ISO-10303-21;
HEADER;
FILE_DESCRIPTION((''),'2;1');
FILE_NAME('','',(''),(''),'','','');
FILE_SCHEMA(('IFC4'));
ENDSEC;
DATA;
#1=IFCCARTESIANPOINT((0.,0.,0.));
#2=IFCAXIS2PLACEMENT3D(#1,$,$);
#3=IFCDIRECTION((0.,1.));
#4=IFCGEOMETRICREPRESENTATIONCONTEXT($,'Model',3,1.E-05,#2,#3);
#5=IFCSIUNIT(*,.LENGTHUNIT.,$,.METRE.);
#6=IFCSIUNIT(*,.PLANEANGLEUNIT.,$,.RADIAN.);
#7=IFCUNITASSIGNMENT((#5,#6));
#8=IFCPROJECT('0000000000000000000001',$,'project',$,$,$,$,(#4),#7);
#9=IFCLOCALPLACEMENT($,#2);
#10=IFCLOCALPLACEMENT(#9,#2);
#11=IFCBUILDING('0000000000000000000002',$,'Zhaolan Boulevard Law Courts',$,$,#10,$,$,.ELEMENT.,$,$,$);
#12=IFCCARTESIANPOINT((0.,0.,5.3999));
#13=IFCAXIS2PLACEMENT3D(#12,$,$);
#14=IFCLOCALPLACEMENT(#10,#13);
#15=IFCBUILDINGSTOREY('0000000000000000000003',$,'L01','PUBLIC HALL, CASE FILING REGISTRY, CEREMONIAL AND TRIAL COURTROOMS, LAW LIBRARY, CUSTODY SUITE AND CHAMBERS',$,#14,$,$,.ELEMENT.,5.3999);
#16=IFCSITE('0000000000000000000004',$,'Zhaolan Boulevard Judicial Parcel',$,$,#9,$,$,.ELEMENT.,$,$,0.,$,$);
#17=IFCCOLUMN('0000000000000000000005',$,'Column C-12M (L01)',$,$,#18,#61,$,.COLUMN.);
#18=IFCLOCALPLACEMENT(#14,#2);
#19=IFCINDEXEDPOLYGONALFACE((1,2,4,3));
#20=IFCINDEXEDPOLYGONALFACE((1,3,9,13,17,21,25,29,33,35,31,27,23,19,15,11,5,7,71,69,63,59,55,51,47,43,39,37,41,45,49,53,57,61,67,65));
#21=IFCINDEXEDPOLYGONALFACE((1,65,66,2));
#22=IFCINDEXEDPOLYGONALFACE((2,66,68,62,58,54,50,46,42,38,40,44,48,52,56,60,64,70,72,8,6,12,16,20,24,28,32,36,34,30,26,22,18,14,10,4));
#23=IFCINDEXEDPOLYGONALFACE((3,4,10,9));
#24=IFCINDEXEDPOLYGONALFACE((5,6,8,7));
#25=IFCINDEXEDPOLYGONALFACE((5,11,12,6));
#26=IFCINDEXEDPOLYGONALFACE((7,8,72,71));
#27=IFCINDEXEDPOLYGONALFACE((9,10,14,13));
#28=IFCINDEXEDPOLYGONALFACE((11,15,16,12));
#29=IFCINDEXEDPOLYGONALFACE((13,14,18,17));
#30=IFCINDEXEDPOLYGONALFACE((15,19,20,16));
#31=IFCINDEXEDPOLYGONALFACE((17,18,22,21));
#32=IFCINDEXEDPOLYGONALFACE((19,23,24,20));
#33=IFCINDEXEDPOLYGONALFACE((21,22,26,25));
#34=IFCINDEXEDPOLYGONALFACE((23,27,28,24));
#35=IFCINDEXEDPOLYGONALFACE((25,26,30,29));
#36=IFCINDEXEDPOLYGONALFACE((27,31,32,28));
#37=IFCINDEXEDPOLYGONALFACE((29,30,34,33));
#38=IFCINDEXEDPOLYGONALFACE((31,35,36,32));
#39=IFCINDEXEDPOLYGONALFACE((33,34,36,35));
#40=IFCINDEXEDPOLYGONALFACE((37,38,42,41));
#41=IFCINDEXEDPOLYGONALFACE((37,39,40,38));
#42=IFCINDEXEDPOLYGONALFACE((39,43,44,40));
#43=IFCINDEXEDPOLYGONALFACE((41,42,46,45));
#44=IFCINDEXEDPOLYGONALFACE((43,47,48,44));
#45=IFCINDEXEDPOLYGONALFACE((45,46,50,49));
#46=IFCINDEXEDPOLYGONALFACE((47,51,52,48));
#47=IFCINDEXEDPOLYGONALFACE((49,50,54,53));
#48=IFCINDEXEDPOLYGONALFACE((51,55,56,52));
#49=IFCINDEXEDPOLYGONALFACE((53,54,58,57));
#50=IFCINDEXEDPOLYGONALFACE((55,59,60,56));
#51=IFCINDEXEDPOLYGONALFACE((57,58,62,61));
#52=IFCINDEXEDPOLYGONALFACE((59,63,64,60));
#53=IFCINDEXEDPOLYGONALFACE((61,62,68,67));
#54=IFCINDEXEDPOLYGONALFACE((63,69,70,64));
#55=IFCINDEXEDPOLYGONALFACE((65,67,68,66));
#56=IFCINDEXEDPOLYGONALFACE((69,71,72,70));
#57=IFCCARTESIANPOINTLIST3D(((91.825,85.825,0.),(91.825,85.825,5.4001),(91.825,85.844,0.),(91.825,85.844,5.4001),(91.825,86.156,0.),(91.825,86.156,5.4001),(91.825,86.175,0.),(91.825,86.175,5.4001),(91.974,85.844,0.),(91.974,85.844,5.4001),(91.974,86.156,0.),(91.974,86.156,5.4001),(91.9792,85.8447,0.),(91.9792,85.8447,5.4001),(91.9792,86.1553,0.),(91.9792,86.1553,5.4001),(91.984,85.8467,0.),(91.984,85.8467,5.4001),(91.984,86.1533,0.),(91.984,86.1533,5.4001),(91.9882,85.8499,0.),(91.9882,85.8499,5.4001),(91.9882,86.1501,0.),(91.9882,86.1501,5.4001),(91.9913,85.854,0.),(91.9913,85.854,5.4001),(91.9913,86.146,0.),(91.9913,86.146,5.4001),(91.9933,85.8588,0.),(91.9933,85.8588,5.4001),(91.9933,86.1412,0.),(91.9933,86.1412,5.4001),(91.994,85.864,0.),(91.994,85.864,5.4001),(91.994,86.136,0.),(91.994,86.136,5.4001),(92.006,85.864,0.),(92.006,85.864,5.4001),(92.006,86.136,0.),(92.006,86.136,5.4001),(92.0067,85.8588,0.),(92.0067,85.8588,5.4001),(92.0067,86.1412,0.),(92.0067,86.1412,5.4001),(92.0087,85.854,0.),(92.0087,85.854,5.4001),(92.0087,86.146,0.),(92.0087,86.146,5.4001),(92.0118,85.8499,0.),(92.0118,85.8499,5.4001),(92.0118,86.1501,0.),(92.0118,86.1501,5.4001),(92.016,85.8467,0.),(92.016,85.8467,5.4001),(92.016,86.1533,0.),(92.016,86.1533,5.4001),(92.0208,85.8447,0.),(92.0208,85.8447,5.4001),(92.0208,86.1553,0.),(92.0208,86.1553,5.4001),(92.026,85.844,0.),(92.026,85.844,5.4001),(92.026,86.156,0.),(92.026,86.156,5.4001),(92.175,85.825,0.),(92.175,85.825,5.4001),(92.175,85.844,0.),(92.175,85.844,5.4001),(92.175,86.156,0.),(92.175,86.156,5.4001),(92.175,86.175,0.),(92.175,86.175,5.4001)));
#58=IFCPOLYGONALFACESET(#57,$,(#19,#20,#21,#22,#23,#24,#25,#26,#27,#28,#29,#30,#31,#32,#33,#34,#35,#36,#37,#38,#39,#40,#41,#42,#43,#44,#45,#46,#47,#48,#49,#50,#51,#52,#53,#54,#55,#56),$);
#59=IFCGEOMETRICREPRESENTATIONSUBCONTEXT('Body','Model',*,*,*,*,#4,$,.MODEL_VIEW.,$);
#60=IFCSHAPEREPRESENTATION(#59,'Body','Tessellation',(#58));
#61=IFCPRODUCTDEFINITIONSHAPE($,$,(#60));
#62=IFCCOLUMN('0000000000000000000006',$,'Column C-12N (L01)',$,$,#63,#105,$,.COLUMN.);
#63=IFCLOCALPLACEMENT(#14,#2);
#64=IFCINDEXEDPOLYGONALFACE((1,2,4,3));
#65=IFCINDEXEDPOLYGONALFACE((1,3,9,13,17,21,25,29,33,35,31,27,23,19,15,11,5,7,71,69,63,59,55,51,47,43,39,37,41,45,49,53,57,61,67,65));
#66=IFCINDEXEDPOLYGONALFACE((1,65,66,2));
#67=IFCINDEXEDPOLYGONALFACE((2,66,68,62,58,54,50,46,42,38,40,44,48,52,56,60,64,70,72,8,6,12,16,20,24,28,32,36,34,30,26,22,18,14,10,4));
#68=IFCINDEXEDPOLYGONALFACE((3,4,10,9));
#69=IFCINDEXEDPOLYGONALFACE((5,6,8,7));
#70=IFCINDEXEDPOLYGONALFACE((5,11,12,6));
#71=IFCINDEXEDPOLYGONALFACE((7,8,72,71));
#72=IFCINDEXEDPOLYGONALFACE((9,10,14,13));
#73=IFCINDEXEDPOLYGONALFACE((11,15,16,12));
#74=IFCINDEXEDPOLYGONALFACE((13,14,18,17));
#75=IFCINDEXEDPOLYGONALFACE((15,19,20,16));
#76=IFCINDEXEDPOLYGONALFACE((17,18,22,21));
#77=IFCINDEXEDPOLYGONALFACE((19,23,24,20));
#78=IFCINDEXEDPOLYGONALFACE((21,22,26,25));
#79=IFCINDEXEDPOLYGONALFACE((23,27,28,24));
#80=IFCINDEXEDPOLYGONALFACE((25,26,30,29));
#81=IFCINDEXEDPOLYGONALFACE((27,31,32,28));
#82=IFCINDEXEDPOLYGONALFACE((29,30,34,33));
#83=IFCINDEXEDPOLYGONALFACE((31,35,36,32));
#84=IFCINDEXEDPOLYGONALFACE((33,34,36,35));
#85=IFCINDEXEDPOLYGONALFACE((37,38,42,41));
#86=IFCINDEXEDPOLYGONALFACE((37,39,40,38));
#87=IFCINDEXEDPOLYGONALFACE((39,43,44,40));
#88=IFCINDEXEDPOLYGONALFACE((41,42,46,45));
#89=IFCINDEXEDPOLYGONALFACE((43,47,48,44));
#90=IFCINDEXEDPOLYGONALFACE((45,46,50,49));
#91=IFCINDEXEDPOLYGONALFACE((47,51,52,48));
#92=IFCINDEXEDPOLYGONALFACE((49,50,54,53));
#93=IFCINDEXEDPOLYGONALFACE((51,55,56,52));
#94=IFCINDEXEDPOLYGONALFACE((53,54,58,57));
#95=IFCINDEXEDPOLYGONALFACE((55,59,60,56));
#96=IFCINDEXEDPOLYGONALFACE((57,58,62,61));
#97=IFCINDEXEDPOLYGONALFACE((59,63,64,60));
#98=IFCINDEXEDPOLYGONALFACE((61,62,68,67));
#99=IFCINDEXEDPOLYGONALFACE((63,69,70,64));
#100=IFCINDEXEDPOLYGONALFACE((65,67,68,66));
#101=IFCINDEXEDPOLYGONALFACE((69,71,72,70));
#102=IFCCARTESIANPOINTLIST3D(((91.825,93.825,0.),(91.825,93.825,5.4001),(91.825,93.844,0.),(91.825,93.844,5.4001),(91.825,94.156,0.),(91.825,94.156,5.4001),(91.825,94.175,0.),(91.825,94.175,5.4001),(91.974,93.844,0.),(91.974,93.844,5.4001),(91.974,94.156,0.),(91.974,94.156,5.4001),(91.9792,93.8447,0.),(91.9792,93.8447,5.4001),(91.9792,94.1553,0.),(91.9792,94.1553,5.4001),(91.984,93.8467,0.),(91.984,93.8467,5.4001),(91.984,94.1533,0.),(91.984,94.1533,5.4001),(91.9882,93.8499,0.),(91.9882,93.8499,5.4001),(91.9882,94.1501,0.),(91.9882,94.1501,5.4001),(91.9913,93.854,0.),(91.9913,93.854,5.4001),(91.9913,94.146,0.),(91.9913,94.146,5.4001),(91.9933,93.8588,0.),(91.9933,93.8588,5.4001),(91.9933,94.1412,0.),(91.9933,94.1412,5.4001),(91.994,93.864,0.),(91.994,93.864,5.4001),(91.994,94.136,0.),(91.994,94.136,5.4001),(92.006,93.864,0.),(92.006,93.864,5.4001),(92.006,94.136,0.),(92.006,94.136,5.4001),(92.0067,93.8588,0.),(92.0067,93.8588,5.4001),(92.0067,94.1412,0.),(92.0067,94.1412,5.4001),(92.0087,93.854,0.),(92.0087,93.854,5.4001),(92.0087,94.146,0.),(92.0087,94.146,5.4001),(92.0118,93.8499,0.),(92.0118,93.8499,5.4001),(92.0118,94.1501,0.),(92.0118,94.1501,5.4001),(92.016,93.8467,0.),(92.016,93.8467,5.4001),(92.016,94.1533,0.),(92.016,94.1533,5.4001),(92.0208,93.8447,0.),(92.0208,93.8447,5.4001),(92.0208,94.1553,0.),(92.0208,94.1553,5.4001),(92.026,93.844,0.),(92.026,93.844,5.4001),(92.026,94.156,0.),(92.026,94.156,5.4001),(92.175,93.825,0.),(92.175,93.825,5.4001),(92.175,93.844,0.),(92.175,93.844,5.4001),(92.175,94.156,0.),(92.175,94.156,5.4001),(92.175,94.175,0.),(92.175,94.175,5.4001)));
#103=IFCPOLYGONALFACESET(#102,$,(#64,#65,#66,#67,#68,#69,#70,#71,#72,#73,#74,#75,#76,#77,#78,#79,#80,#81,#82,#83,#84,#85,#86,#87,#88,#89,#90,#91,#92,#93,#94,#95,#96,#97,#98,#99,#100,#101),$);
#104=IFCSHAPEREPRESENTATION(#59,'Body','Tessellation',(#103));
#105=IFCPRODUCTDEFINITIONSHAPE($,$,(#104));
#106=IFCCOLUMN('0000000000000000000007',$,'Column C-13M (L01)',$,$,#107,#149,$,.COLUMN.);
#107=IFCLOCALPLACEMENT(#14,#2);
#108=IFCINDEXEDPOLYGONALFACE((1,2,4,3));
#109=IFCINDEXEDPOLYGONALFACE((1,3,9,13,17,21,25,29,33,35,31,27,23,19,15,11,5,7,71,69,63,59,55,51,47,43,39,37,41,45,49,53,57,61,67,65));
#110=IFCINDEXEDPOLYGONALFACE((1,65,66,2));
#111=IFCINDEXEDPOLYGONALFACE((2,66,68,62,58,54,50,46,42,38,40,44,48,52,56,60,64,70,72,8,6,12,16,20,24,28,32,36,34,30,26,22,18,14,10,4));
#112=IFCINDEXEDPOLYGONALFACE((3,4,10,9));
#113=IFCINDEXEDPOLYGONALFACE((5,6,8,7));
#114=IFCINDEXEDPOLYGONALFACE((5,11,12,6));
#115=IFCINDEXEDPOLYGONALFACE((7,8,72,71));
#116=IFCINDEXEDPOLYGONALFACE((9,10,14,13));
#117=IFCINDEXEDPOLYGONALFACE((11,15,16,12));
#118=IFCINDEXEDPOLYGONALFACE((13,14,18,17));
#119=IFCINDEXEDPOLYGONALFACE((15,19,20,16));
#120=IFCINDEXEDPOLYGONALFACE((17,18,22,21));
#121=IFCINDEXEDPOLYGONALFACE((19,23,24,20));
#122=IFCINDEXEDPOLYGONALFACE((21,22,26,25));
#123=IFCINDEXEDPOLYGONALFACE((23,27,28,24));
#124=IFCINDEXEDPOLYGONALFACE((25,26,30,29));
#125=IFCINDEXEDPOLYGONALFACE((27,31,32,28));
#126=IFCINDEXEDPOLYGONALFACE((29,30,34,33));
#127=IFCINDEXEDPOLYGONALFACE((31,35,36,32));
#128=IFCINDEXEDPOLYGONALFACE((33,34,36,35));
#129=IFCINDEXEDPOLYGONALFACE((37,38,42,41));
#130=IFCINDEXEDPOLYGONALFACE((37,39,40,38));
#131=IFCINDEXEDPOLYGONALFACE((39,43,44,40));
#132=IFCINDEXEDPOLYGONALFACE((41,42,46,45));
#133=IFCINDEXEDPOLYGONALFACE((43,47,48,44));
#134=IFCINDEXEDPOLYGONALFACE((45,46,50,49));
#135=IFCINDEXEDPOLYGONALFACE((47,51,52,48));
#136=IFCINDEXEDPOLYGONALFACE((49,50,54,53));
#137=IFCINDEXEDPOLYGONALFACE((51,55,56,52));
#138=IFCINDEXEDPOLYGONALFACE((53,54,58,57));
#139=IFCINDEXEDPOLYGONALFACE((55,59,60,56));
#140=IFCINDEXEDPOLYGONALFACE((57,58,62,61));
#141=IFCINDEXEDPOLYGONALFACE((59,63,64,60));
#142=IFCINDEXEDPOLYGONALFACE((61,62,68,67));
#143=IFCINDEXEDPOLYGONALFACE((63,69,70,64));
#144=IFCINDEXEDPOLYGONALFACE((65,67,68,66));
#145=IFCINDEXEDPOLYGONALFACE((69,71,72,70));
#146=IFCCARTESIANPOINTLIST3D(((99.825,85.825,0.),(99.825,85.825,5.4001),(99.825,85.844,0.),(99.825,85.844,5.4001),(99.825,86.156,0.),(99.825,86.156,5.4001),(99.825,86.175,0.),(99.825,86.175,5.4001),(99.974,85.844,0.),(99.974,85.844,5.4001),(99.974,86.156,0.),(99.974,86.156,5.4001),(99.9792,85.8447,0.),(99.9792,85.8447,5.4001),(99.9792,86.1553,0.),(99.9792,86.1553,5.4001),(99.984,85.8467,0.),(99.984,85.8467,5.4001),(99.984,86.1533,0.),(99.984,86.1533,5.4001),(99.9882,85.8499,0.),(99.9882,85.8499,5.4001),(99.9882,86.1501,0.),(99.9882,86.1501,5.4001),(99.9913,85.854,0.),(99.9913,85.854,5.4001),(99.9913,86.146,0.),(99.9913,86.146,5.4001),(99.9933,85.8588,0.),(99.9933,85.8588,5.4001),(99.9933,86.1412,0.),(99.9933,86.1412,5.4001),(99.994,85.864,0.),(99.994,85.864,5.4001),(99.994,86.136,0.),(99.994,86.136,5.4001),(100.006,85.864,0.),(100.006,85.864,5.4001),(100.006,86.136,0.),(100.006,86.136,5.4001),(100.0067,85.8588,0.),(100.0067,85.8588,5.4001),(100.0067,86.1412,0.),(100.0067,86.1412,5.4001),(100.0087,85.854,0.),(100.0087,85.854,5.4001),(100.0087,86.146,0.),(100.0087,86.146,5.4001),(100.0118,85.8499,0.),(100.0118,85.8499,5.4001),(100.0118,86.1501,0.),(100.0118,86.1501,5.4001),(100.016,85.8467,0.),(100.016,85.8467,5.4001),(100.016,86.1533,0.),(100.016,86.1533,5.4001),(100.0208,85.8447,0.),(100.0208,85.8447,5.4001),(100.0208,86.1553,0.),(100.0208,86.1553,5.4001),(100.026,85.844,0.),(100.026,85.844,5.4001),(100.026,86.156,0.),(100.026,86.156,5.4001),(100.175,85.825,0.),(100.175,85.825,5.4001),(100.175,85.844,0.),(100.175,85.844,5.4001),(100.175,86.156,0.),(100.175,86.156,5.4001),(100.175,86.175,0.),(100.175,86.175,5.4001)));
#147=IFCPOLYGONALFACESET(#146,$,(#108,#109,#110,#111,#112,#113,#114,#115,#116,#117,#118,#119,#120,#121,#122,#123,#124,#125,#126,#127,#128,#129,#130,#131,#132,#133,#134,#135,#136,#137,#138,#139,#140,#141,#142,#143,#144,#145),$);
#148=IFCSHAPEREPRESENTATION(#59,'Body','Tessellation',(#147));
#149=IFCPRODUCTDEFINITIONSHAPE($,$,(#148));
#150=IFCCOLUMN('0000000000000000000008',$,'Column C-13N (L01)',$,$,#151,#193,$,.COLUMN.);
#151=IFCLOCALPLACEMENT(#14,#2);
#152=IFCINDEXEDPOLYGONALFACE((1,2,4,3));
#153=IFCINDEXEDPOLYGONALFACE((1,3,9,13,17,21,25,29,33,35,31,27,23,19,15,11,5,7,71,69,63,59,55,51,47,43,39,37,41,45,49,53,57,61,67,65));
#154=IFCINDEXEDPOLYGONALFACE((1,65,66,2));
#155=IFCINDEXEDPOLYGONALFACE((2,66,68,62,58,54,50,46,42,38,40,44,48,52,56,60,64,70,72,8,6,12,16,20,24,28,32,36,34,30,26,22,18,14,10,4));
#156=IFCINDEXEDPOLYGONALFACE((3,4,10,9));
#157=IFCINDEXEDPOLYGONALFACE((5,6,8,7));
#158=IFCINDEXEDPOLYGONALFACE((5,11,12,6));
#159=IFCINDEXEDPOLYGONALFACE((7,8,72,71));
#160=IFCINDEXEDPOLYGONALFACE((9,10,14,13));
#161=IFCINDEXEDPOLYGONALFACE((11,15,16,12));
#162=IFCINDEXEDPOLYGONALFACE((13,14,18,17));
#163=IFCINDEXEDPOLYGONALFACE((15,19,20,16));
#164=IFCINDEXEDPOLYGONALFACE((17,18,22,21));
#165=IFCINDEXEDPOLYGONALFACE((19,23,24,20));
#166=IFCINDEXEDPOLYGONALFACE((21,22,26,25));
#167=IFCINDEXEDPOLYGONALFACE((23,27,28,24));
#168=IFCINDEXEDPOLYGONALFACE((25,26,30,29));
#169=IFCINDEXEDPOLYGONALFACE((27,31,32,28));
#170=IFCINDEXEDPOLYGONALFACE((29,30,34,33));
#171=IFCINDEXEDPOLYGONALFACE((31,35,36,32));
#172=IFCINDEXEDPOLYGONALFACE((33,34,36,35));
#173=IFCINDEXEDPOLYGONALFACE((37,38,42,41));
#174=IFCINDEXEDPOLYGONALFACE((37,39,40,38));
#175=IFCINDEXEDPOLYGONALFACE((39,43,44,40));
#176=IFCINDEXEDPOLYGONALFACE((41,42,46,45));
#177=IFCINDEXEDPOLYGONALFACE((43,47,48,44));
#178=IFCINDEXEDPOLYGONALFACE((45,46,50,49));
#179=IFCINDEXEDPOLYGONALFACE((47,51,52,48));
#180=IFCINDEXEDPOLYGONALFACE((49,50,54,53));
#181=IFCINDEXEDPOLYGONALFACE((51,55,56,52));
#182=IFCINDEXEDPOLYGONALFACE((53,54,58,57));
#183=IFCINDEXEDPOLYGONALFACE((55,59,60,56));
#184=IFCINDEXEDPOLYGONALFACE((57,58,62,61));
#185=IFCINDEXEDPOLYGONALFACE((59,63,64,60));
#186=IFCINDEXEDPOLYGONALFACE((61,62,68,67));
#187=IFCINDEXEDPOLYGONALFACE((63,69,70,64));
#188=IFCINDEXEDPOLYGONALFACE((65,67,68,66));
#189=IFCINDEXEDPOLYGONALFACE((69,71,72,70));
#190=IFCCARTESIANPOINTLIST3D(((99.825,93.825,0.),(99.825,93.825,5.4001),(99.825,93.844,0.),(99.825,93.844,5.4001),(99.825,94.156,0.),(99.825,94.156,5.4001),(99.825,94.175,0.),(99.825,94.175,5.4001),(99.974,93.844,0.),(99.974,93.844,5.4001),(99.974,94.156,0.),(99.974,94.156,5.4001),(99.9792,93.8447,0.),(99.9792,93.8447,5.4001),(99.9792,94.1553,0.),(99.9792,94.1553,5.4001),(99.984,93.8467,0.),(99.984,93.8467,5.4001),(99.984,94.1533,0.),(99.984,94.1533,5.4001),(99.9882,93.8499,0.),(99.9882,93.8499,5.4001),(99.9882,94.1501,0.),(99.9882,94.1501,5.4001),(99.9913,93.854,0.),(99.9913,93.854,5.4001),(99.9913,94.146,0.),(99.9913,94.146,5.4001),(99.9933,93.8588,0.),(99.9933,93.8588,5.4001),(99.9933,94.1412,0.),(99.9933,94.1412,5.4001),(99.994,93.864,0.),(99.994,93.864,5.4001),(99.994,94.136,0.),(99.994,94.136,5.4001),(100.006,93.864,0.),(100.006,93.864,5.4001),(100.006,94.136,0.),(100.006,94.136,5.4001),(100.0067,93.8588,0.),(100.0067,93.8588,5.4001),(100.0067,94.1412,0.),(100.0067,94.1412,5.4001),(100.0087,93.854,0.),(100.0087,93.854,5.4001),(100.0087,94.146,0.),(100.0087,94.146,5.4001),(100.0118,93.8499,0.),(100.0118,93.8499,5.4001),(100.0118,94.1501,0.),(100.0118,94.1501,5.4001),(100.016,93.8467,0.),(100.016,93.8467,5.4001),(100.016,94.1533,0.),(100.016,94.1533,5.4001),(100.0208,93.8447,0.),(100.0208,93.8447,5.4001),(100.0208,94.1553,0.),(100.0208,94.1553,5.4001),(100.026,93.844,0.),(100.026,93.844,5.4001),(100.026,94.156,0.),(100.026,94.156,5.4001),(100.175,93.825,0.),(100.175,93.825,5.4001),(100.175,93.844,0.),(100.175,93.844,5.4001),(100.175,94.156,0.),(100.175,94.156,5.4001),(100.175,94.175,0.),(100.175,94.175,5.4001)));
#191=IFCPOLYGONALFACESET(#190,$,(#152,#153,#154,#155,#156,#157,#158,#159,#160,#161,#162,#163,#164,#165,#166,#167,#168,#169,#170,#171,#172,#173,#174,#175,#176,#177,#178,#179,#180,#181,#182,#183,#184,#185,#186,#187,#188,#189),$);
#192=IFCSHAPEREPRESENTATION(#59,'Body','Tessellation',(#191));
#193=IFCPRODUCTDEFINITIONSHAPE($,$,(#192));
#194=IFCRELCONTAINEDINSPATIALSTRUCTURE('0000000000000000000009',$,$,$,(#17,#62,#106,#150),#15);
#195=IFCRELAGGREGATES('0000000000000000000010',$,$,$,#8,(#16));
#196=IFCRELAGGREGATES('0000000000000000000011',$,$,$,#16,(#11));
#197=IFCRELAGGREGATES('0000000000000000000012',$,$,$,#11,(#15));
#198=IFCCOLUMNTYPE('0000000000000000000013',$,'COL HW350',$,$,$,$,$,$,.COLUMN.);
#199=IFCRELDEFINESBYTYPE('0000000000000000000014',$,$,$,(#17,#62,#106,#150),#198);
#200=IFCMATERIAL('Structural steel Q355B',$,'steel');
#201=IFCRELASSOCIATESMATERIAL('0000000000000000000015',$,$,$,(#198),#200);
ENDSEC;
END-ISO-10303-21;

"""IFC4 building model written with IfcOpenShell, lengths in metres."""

from ifc_helpers import new_model, si_unit, direction, frame, origin, origin_2d, place, context, subcontext, project, spatial, i_section, extrude, material, material_profile, profile_set, type_object, element, save


model = new_model("IFC4")

# Units and contexts
model_context = context("Model", 3, precision=1e-05, world=origin(), true_north=direction((0.0, 1.0)))
body_context = subcontext(model_context, "Body", "Model", "MODEL_VIEW")
ifc_project = project(units=[si_unit("LENGTHUNIT", "METRE"), si_unit("PLANEANGLEUNIT", "RADIAN")], contexts=[model_context])

# Site, building, storey
site_placement = place(None, origin())
site = spatial("IfcSite", under=ifc_project, at=site_placement, Name="Zhaolan Boulevard Judicial Parcel", CompositionType="ELEMENT", RefElevation=0.0)
building_placement = place(site_placement, origin())
building = spatial("IfcBuilding", under=site, at=building_placement, Name="Zhaolan Boulevard Law Courts", CompositionType="ELEMENT")
storey_placement = place(building_placement, frame((0.0, 0.0, 5.3999)))
storey = spatial("IfcBuildingStorey", under=building, at=storey_placement, Name="L01", Description="PUBLIC HALL, CASE FILING REGISTRY, CEREMONIAL AND TRIAL COURTROOMS, LAW LIBRARY, CUSTODY SUITE AND CHAMBERS", CompositionType="ELEMENT", Elevation=5.3999)

# Columns
ifc_material_1 = material(Name="Structural steel Q355B", Category="steel")
ifc_material_profile_1 = material_profile(ifc_material_1, i_section(OverallWidth=0.3501, OverallDepth=0.3501, WebThickness=0.012, FlangeThickness=0.019, FilletRadius=0.02, at=origin_2d()), Name="HW350x350")
ifc_profile_set_1 = profile_set([ifc_material_profile_1], Name="Structural steel Q355B")
column_type = type_object("IfcColumnType", Name="COL HW350", PredefinedType="COLUMN", material=ifc_profile_set_1)
for number, where, z_axis, x_axis, name in (
    (1, (92.0, 86.0, 0.0), (0.0, 0.0, 1.0), (1.0, 0.0, 0.0), "Column C-12M (L01)"),
    (2, (92.0, 94.0, 0.0), (0.0, 0.0, 1.0), (1.0, 0.0, 0.0), "Column C-12N (L01)"),
    (3, (100.0, 86.0, 0.0), (0.0, 0.0, 1.0), (1.0, 0.0, 0.0), "Column C-13M (L01)"),
    (4, (100.0, 94.0, 0.0), (0.0, 0.0, 1.0), (1.0, 0.0, 0.0), "Column C-13N (L01)"),
):
    element("IfcColumn", number, at=place(storey_placement, frame(where, z_axis=z_axis, x_axis=x_axis)), inside=storey, type_object=column_type, Name=name, PredefinedType="COLUMN", context=body_context, shape_type="SweptSolid", body=[
        extrude(i_section(OverallWidth=0.3501, OverallDepth=0.3501, WebThickness=0.012, FlangeThickness=0.019, FilletRadius=0.02, at=origin_2d()), origin(), (0.0, 0.0, 1.0), 5.4001),
    ])

save(model, "model.ifc")
